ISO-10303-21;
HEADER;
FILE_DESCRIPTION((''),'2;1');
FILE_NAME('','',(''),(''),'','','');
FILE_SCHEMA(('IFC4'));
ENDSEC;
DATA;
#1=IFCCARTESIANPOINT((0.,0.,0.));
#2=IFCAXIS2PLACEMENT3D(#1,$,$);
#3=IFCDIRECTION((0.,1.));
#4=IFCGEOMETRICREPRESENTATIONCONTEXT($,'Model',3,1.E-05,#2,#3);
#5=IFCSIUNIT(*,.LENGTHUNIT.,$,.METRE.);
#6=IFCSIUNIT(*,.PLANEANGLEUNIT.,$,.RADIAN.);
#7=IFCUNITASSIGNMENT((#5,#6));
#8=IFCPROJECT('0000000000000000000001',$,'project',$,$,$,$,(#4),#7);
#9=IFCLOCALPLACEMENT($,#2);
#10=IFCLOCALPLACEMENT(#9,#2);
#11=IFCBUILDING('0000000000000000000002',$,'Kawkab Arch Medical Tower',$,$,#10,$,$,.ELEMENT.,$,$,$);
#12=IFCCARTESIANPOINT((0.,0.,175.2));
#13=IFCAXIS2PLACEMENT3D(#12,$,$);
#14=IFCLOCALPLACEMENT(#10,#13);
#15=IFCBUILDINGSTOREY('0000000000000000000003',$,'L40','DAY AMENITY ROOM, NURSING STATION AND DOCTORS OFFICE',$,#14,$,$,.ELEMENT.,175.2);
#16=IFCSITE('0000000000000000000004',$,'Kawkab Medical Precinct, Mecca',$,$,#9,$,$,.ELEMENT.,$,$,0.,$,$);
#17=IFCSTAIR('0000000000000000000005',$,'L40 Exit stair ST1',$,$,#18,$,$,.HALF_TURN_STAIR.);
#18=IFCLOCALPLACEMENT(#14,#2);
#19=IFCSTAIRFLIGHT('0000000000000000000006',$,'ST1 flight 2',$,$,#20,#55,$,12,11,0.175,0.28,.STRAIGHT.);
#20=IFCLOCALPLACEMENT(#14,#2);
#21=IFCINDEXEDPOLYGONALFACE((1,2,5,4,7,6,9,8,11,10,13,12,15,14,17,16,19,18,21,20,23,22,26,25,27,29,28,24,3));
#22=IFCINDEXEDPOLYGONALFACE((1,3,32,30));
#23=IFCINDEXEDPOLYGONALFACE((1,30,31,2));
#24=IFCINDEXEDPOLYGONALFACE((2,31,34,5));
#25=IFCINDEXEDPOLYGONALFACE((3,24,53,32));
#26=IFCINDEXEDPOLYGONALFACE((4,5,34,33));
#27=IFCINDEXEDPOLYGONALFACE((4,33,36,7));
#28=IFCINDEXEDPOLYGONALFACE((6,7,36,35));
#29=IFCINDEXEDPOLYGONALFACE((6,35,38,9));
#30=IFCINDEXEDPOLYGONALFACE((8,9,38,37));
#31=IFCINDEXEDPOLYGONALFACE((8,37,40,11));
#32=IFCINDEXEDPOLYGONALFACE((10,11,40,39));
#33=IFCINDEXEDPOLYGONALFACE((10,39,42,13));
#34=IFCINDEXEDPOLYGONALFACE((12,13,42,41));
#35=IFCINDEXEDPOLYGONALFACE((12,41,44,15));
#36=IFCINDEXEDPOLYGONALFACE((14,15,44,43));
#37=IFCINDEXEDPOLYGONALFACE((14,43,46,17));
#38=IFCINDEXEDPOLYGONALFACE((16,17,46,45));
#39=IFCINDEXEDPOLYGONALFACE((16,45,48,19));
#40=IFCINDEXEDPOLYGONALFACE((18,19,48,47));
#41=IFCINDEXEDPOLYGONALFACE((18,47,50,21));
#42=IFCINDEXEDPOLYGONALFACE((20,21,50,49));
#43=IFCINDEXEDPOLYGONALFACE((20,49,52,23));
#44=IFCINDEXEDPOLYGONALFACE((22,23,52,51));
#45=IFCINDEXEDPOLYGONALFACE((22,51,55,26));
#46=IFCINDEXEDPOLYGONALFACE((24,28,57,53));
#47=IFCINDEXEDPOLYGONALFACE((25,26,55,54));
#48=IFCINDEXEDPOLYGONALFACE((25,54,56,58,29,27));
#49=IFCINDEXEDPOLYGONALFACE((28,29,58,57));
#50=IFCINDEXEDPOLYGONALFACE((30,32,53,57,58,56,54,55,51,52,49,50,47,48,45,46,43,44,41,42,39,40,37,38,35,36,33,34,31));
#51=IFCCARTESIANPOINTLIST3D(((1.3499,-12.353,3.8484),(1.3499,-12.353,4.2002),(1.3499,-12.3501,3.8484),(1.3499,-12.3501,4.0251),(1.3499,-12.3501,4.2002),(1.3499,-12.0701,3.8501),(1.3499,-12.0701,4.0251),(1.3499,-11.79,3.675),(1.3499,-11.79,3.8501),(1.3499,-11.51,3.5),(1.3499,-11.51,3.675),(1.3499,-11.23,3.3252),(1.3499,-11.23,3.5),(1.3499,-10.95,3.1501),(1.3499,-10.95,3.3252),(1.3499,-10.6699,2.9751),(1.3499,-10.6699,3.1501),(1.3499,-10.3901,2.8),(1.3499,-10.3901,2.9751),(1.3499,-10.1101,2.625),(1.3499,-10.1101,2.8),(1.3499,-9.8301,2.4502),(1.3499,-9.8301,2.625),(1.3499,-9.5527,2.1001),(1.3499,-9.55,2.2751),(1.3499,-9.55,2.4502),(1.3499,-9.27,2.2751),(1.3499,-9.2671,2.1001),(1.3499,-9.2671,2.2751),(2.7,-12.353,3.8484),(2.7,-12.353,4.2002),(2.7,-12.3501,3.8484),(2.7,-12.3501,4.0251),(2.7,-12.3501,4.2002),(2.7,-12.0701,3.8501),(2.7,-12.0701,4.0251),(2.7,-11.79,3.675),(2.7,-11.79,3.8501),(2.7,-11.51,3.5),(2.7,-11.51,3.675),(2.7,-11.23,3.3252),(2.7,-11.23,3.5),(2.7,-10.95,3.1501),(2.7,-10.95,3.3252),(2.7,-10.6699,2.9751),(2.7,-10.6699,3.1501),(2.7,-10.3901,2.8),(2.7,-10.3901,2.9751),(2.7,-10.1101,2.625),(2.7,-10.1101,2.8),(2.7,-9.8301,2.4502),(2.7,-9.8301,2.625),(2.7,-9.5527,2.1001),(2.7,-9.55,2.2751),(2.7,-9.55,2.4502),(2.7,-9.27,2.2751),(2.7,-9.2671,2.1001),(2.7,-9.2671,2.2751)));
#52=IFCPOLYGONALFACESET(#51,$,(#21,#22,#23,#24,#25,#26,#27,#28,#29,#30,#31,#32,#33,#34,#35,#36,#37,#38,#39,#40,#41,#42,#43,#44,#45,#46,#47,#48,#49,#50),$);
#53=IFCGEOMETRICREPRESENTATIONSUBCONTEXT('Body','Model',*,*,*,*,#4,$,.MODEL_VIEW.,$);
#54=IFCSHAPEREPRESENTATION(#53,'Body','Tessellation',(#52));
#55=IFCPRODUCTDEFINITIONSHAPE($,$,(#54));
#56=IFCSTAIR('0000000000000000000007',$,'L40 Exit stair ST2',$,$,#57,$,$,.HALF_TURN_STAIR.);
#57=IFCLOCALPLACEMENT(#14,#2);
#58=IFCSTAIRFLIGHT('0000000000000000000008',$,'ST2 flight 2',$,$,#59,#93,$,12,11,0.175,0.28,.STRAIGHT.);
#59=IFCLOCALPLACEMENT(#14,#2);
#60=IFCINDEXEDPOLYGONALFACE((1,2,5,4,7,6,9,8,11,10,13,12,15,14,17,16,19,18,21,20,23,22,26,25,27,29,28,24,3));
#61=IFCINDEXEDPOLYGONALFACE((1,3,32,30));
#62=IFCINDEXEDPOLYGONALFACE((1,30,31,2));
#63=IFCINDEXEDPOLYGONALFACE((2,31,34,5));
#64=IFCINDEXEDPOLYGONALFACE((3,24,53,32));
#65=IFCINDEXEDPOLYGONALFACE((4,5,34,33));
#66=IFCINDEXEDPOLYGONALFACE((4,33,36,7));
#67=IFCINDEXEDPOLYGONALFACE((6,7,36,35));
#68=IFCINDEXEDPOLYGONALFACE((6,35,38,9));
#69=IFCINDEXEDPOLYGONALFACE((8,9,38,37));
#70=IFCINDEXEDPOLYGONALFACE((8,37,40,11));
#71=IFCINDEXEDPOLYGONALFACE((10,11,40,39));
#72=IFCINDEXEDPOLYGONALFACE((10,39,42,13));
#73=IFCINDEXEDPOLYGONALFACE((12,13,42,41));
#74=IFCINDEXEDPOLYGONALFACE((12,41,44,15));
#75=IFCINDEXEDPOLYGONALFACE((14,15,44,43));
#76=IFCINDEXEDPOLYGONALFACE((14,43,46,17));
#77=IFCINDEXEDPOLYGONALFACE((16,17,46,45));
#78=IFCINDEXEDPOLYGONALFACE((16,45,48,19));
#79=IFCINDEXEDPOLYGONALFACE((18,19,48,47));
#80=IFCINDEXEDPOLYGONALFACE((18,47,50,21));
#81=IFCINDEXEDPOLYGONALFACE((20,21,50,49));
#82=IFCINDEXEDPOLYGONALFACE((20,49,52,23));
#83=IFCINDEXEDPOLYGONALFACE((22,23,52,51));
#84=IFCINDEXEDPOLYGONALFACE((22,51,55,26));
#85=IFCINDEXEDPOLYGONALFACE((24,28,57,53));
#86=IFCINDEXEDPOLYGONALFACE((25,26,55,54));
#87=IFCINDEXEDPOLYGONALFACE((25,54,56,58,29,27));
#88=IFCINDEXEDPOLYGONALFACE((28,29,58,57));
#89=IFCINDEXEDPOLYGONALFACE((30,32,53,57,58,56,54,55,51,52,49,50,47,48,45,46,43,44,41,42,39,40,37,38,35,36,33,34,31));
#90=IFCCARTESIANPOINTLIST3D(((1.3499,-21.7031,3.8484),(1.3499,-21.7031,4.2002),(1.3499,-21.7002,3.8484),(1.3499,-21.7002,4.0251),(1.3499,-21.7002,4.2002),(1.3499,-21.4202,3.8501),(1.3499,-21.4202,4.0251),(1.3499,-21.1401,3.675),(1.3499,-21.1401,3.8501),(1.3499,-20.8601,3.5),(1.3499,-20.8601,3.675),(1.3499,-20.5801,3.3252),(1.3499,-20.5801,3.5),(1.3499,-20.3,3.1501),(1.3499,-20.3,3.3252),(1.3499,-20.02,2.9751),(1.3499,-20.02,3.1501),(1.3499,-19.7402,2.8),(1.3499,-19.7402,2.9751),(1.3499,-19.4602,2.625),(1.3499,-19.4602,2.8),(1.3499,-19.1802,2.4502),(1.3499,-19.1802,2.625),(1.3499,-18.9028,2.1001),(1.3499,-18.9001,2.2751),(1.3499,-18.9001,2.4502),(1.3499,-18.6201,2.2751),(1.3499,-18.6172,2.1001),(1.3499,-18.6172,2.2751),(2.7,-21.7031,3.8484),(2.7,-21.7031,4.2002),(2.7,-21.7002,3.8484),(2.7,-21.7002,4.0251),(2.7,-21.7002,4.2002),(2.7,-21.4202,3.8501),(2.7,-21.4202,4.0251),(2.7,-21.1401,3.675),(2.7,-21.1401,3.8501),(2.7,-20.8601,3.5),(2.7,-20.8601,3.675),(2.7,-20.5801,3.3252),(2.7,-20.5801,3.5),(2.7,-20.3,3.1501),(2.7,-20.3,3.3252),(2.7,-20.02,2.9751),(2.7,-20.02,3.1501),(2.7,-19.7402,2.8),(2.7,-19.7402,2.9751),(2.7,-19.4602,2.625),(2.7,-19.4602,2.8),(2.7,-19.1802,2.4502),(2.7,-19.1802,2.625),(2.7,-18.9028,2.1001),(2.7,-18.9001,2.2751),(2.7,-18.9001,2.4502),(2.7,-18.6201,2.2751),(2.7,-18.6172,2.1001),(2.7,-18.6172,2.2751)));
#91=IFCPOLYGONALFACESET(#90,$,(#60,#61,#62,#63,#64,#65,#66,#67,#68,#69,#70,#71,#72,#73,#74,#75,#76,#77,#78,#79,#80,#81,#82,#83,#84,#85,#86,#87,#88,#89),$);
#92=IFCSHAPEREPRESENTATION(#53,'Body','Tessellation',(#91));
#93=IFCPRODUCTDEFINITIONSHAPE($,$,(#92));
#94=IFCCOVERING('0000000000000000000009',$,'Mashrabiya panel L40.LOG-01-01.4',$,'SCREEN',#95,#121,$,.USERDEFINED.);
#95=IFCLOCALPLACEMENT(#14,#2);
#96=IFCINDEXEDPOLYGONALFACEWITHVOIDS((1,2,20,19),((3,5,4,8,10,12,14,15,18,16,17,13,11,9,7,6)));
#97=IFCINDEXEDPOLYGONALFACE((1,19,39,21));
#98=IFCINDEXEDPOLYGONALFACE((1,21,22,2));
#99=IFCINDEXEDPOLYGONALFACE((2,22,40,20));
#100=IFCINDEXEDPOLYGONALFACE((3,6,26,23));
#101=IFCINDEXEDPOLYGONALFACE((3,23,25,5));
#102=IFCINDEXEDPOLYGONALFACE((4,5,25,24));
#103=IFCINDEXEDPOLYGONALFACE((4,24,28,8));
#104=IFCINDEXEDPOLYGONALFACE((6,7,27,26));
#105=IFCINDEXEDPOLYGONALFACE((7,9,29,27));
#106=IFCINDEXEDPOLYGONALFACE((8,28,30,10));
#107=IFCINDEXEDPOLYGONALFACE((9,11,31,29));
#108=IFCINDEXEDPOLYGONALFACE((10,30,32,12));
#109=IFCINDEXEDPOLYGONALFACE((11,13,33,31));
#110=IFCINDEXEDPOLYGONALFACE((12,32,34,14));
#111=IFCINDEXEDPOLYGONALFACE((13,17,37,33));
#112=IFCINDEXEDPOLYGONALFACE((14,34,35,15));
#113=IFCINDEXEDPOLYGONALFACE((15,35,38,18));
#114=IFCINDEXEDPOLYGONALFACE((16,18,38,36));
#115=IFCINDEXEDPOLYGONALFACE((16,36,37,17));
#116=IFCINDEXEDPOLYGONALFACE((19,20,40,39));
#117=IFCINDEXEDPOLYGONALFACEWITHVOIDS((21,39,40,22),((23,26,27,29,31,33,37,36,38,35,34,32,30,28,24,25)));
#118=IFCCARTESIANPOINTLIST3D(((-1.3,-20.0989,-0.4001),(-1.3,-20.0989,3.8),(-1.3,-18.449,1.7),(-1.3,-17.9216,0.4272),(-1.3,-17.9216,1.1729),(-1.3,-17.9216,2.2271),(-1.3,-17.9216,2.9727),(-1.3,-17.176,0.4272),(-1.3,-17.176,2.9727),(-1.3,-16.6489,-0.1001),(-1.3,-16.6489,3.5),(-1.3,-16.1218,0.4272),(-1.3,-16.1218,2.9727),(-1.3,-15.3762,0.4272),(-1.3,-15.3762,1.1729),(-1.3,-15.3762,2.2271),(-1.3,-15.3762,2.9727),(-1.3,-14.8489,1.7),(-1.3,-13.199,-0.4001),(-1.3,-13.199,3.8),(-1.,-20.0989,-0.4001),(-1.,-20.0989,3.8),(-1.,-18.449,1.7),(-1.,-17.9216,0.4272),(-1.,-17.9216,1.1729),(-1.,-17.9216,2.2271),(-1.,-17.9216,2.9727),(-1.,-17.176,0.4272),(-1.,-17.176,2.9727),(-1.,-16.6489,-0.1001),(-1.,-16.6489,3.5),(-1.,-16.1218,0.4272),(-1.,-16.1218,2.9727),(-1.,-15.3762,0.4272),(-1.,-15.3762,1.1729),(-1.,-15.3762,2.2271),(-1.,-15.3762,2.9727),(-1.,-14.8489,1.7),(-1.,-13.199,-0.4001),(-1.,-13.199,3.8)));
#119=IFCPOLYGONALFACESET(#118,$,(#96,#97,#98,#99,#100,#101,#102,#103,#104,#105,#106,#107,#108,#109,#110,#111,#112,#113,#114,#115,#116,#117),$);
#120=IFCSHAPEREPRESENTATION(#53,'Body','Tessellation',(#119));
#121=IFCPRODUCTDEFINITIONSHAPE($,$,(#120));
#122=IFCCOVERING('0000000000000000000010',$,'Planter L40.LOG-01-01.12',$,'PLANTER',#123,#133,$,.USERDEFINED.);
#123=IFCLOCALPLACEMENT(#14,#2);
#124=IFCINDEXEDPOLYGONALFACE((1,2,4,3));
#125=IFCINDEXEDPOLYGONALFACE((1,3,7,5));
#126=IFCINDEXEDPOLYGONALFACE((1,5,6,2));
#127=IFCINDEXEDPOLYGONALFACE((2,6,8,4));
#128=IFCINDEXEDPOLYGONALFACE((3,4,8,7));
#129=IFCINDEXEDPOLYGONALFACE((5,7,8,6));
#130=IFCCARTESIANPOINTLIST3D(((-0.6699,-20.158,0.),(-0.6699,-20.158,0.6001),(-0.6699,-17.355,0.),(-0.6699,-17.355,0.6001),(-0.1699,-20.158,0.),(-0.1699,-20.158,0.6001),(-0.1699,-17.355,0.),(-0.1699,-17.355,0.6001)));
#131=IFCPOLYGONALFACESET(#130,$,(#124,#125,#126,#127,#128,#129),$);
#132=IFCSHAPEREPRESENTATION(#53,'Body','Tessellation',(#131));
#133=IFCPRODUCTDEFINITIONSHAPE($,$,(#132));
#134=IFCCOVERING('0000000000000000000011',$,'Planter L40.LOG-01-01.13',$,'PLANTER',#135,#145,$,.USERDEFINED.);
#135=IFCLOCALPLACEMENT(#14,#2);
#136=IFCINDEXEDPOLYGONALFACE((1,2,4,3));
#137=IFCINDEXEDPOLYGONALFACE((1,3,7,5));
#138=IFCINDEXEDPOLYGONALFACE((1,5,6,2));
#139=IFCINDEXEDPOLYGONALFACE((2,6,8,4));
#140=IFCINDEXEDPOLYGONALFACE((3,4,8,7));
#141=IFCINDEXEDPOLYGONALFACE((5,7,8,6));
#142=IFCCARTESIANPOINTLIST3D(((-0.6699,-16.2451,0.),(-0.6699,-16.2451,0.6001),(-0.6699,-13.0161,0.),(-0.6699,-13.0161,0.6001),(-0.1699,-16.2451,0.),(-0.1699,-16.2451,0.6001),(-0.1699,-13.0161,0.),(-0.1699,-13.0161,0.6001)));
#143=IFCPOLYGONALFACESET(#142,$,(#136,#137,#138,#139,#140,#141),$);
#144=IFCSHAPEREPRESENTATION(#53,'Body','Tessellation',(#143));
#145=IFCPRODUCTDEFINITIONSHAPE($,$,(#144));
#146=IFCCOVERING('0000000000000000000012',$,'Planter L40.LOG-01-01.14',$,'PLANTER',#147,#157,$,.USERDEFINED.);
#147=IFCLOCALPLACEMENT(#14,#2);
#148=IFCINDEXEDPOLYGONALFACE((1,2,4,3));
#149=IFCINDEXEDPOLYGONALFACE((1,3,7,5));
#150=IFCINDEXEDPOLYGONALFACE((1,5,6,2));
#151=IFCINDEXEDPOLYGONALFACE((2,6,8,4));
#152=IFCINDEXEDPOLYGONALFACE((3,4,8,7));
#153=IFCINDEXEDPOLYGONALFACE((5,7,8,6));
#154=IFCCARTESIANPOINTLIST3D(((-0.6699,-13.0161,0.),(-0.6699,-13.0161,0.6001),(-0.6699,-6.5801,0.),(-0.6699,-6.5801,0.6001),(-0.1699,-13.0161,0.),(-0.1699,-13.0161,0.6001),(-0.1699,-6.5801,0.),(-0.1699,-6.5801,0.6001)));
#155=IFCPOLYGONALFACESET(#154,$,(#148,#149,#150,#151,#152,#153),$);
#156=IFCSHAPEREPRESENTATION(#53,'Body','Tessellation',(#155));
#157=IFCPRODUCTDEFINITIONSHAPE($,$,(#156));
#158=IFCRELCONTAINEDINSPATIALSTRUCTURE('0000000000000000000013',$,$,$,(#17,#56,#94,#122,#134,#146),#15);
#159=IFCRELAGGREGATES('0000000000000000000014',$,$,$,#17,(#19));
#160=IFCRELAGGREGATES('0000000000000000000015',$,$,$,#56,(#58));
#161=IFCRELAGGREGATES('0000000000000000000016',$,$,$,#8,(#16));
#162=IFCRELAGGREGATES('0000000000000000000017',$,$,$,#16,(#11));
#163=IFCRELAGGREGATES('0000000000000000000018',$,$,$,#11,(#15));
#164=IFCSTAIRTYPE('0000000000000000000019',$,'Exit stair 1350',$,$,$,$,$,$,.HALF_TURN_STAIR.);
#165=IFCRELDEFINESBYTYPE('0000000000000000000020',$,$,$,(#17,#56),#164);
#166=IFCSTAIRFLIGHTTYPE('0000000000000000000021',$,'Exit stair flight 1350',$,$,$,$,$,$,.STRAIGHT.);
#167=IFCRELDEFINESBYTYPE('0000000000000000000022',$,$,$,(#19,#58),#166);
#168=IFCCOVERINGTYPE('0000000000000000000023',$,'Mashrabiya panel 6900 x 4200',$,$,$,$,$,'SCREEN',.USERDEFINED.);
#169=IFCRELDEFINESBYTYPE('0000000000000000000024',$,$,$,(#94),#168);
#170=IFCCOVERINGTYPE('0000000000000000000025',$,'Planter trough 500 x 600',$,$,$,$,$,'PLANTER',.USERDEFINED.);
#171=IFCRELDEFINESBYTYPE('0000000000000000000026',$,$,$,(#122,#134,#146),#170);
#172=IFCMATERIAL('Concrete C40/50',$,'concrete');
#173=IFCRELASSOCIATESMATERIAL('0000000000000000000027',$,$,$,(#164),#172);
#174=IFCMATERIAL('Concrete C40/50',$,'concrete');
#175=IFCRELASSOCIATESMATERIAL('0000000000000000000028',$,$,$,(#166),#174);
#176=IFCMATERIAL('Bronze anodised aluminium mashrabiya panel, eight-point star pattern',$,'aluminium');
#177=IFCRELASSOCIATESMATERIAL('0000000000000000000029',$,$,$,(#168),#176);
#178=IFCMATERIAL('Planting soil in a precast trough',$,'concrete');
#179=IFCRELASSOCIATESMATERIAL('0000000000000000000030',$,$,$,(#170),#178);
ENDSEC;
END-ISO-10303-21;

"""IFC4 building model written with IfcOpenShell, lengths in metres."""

from ifc_helpers import new_model, si_unit, direction, frame, origin, origin_2d, place, context, subcontext, project, spatial, polyline, rectangle, outline, extrude, material, material_profile, profile_set, type_object, element, aggregate, save


model = new_model("IFC4")

# Units and contexts
model_context = context("Model", 3, precision=1e-05, world=origin(), true_north=direction((0.0, 1.0)))
body_context = subcontext(model_context, "Body", "Model", "MODEL_VIEW")
ifc_project = project(units=[si_unit("LENGTHUNIT", "METRE"), si_unit("PLANEANGLEUNIT", "RADIAN")], contexts=[model_context])

# Site, building, storey
site_placement = place(None, origin())
site = spatial("IfcSite", under=ifc_project, at=site_placement, Name="Kawkab Medical Precinct, Mecca", CompositionType="ELEMENT", RefElevation=0.0)
building_placement = place(site_placement, origin())
building = spatial("IfcBuilding", under=site, at=building_placement, Name="Kawkab Arch Medical Tower", CompositionType="ELEMENT")
storey_placement = place(building_placement, frame((0.0, 0.0, 175.2)))
storey = spatial("IfcBuildingStorey", under=building, at=storey_placement, Name="L40", Description="DAY AMENITY ROOM, NURSING STATION AND DOCTORS OFFICE", CompositionType="ELEMENT", Elevation=175.2)

# Shared definitions
placement = place(storey_placement, origin())

# Stairs, stair flights
ifc_material_1 = material(Name="Concrete C40/50", Category="concrete")
stair_type = type_object("IfcStairType", Name="Exit stair 1350", PredefinedType="HALF_TURN_STAIR", material=ifc_material_1)
stair_1 = element("IfcStair", 1, at=placement, inside=storey, type_object=stair_type, Name="L40 Exit stair ST1", PredefinedType="HALF_TURN_STAIR")
ifc_material_2 = material(Name="Concrete C40/50", Category="concrete")
stair_flight_type = type_object("IfcStairFlightType", Name="Exit stair flight 1350", PredefinedType="STRAIGHT", material=ifc_material_2)
stair_flight_1_placement = place(storey_placement, frame((2.0249, -9.27, 2.1001), z_axis=(0.0, 0.0, 1.0), x_axis=(0.0, -1.0, 0.0)))
stair_flight_1 = element("IfcStairFlight", 2, at=stair_flight_1_placement, type_object=stair_flight_type, Name="ST1 flight 2", NumberOfRisers=12, NumberOfTreads=11, PredefinedType="STRAIGHT", RiserHeight=0.175, TreadLength=0.28, context=body_context, shape_type="SweptSolid", body=[
    extrude(outline(polyline([(-0.0029, 0.0), (-0.0029, 0.175), (0.0, 0.175), (0.28, 0.175), (0.28, 0.3501), (0.5601, 0.3501), (0.5601, 0.5249), (0.8401, 0.5249), (0.8401, 0.7), (1.1201, 0.7), (1.1201, 0.875), (1.3999, 0.875), (1.3999, 1.05), (1.6799, 1.05), (1.6799, 1.2251), (1.96, 1.2251), (1.96, 1.3999), (2.24, 1.3999), (2.24, 1.575), (2.52, 1.575), (2.52, 1.75), (2.8, 1.75), (2.8, 1.925), (3.0801, 1.925), (3.0801, 2.1001), (3.083, 2.1001), (3.083, 1.7483), (3.0801, 1.7483), (0.2827, 0.0), (-0.0029, 0.0)])), frame((0.0, 0.675, 0.0), z_axis=(0.0, -1.0, 0.0), x_axis=(1.0, 0.0, 0.0)), (0.0, 0.0, 1.0), 1.3501),
])
aggregate(stair_1, [stair_flight_1])
stair_2 = element("IfcStair", 3, at=placement, inside=storey, type_object=stair_type, Name="L40 Exit stair ST2", PredefinedType="HALF_TURN_STAIR")
stair_flight_2_placement = place(storey_placement, frame((2.0249, -18.6201, 2.1001), z_axis=(0.0, 0.0, 1.0), x_axis=(0.0, -1.0, 0.0)))
stair_flight_2 = element("IfcStairFlight", 4, at=stair_flight_2_placement, type_object=stair_flight_type, Name="ST2 flight 2", NumberOfRisers=12, NumberOfTreads=11, PredefinedType="STRAIGHT", RiserHeight=0.175, TreadLength=0.28, context=body_context, shape_type="SweptSolid", body=[
    extrude(outline(polyline([(-0.0029, 0.0), (-0.0029, 0.175), (0.0, 0.175), (0.28, 0.175), (0.28, 0.3501), (0.5601, 0.3501), (0.5601, 0.5249), (0.8401, 0.5249), (0.8401, 0.7), (1.1201, 0.7), (1.1201, 0.875), (1.3999, 0.875), (1.3999, 1.05), (1.6799, 1.05), (1.6799, 1.2251), (1.96, 1.2251), (1.96, 1.3999), (2.24, 1.3999), (2.24, 1.575), (2.52, 1.575), (2.52, 1.75), (2.8, 1.75), (2.8, 1.925), (3.0801, 1.925), (3.0801, 2.1001), (3.083, 2.1001), (3.083, 1.7483), (3.0801, 1.7483), (0.2827, 0.0), (-0.0029, 0.0)])), frame((0.0, 0.675, 0.0), z_axis=(0.0, -1.0, 0.0), x_axis=(1.0, 0.0, 0.0)), (0.0, 0.0, 1.0), 1.3501),
])
aggregate(stair_2, [stair_flight_2])

# Coverings
ifc_material_3 = material(Name="Bronze anodised aluminium mashrabiya panel, eight-point star pattern", Category="aluminium")
ifc_material_profile_1 = material_profile(ifc_material_3, outline(polyline([(-3.45, -2.1001), (3.45, -2.1001), (3.45, 2.1001), (-3.45, 2.1001), (-3.45, -2.1001)]), holes=[polyline([(1.8, 0.0), (1.2727, 0.5271), (1.2727, 1.2727), (0.5271, 1.2727), (0.0, 1.8), (-0.5271, 1.2727), (-1.2727, 1.2727), (-1.2727, 0.5271), (-1.8, 0.0), (-1.2727, -0.5271), (-1.2727, -1.2727), (-0.5271, -1.2727), (0.0, -1.8), (0.5271, -1.2727), (1.2727, -1.2727), (1.2727, -0.5271), (1.8, 0.0)])]), Name="Mashrabiya panel 6900x4200")
ifc_profile_set_1 = profile_set([ifc_material_profile_1], Name="Bronze anodised aluminium mashrabiya panel, eight-point star pattern")
covering_type_1 = type_object("IfcCoveringType", Name="Mashrabiya panel 6900 x 4200", ElementType="SCREEN", PredefinedType="USERDEFINED", material=ifc_profile_set_1)
covering_1_placement = place(storey_placement, frame((-1.0, -16.6489, 1.7), z_axis=(-1.0, 0.0, 0.0), x_axis=(0.0, -1.0, 0.0)))
element("IfcCovering", 5, at=covering_1_placement, inside=storey, type_object=covering_type_1, Name="Mashrabiya panel L40.LOG-01-01.4", ObjectType="SCREEN", PredefinedType="USERDEFINED", context=body_context, shape_type="SweptSolid", body=[
    extrude(outline(polyline([(-3.45, -2.1001), (3.45, -2.1001), (3.45, 2.1001), (-3.45, 2.1001), (-3.45, -2.1001)]), holes=[polyline([(1.8, 0.0), (1.2727, 0.5271), (1.2727, 1.2727), (0.5271, 1.2727), (0.0, 1.8), (-0.5271, 1.2727), (-1.2727, 1.2727), (-1.2727, 0.5271), (-1.8, 0.0), (-1.2727, -0.5271), (-1.2727, -1.2727), (-0.5271, -1.2727), (0.0, -1.8), (0.5271, -1.2727), (1.2727, -1.2727), (1.2727, -0.5271), (1.8, 0.0)])]), origin(), (0.0, 0.0, 1.0), 0.3),
])
ifc_material_4 = material(Name="Planting soil in a precast trough", Category="concrete")
ifc_material_profile_2 = material_profile(ifc_material_4, rectangle(XDim=0.5, YDim=0.6001, at=origin_2d()), Name="Trough 500x600")
ifc_profile_set_2 = profile_set([ifc_material_profile_2], Name="Planting soil in a precast trough")
covering_type_2 = type_object("IfcCoveringType", Name="Planter trough 500 x 600", ElementType="PLANTER", PredefinedType="USERDEFINED", material=ifc_profile_set_2)
covering_2_placement = place(storey_placement, frame((-0.4199, -20.158, 0.3), z_axis=(0.0, 1.0, 0.0), x_axis=(-1.0, 0.0, 0.0)))
element("IfcCovering", 6, at=covering_2_placement, inside=storey, type_object=covering_type_2, Name="Planter L40.LOG-01-01.12", ObjectType="PLANTER", PredefinedType="USERDEFINED", context=body_context, shape_type="SweptSolid", body=[
    extrude(rectangle(XDim=0.5, YDim=0.6001, at=origin_2d()), origin(), (0.0, 0.0, 1.0), 2.803),
])
covering_3_placement = place(storey_placement, frame((-0.4199, -16.2451, 0.3), z_axis=(0.0, 1.0, 0.0), x_axis=(-1.0, 0.0, 0.0)))
element("IfcCovering", 7, at=covering_3_placement, inside=storey, type_object=covering_type_2, Name="Planter L40.LOG-01-01.13", ObjectType="PLANTER", PredefinedType="USERDEFINED", context=body_context, shape_type="SweptSolid", body=[
    extrude(rectangle(XDim=0.5, YDim=0.6001, at=origin_2d()), origin(), (0.0, 0.0, 1.0), 3.229),
])
covering_4_placement = place(storey_placement, frame((-0.4199, -13.0161, 0.3), z_axis=(0.0, 1.0, 0.0), x_axis=(-1.0, 0.0, 0.0)))
element("IfcCovering", 8, at=covering_4_placement, inside=storey, type_object=covering_type_2, Name="Planter L40.LOG-01-01.14", ObjectType="PLANTER", PredefinedType="USERDEFINED", context=body_context, shape_type="SweptSolid", body=[
    extrude(rectangle(XDim=0.5, YDim=0.6001, at=origin_2d()), origin(), (0.0, 0.0, 1.0), 6.436),
])

save(model, "model.ifc")
